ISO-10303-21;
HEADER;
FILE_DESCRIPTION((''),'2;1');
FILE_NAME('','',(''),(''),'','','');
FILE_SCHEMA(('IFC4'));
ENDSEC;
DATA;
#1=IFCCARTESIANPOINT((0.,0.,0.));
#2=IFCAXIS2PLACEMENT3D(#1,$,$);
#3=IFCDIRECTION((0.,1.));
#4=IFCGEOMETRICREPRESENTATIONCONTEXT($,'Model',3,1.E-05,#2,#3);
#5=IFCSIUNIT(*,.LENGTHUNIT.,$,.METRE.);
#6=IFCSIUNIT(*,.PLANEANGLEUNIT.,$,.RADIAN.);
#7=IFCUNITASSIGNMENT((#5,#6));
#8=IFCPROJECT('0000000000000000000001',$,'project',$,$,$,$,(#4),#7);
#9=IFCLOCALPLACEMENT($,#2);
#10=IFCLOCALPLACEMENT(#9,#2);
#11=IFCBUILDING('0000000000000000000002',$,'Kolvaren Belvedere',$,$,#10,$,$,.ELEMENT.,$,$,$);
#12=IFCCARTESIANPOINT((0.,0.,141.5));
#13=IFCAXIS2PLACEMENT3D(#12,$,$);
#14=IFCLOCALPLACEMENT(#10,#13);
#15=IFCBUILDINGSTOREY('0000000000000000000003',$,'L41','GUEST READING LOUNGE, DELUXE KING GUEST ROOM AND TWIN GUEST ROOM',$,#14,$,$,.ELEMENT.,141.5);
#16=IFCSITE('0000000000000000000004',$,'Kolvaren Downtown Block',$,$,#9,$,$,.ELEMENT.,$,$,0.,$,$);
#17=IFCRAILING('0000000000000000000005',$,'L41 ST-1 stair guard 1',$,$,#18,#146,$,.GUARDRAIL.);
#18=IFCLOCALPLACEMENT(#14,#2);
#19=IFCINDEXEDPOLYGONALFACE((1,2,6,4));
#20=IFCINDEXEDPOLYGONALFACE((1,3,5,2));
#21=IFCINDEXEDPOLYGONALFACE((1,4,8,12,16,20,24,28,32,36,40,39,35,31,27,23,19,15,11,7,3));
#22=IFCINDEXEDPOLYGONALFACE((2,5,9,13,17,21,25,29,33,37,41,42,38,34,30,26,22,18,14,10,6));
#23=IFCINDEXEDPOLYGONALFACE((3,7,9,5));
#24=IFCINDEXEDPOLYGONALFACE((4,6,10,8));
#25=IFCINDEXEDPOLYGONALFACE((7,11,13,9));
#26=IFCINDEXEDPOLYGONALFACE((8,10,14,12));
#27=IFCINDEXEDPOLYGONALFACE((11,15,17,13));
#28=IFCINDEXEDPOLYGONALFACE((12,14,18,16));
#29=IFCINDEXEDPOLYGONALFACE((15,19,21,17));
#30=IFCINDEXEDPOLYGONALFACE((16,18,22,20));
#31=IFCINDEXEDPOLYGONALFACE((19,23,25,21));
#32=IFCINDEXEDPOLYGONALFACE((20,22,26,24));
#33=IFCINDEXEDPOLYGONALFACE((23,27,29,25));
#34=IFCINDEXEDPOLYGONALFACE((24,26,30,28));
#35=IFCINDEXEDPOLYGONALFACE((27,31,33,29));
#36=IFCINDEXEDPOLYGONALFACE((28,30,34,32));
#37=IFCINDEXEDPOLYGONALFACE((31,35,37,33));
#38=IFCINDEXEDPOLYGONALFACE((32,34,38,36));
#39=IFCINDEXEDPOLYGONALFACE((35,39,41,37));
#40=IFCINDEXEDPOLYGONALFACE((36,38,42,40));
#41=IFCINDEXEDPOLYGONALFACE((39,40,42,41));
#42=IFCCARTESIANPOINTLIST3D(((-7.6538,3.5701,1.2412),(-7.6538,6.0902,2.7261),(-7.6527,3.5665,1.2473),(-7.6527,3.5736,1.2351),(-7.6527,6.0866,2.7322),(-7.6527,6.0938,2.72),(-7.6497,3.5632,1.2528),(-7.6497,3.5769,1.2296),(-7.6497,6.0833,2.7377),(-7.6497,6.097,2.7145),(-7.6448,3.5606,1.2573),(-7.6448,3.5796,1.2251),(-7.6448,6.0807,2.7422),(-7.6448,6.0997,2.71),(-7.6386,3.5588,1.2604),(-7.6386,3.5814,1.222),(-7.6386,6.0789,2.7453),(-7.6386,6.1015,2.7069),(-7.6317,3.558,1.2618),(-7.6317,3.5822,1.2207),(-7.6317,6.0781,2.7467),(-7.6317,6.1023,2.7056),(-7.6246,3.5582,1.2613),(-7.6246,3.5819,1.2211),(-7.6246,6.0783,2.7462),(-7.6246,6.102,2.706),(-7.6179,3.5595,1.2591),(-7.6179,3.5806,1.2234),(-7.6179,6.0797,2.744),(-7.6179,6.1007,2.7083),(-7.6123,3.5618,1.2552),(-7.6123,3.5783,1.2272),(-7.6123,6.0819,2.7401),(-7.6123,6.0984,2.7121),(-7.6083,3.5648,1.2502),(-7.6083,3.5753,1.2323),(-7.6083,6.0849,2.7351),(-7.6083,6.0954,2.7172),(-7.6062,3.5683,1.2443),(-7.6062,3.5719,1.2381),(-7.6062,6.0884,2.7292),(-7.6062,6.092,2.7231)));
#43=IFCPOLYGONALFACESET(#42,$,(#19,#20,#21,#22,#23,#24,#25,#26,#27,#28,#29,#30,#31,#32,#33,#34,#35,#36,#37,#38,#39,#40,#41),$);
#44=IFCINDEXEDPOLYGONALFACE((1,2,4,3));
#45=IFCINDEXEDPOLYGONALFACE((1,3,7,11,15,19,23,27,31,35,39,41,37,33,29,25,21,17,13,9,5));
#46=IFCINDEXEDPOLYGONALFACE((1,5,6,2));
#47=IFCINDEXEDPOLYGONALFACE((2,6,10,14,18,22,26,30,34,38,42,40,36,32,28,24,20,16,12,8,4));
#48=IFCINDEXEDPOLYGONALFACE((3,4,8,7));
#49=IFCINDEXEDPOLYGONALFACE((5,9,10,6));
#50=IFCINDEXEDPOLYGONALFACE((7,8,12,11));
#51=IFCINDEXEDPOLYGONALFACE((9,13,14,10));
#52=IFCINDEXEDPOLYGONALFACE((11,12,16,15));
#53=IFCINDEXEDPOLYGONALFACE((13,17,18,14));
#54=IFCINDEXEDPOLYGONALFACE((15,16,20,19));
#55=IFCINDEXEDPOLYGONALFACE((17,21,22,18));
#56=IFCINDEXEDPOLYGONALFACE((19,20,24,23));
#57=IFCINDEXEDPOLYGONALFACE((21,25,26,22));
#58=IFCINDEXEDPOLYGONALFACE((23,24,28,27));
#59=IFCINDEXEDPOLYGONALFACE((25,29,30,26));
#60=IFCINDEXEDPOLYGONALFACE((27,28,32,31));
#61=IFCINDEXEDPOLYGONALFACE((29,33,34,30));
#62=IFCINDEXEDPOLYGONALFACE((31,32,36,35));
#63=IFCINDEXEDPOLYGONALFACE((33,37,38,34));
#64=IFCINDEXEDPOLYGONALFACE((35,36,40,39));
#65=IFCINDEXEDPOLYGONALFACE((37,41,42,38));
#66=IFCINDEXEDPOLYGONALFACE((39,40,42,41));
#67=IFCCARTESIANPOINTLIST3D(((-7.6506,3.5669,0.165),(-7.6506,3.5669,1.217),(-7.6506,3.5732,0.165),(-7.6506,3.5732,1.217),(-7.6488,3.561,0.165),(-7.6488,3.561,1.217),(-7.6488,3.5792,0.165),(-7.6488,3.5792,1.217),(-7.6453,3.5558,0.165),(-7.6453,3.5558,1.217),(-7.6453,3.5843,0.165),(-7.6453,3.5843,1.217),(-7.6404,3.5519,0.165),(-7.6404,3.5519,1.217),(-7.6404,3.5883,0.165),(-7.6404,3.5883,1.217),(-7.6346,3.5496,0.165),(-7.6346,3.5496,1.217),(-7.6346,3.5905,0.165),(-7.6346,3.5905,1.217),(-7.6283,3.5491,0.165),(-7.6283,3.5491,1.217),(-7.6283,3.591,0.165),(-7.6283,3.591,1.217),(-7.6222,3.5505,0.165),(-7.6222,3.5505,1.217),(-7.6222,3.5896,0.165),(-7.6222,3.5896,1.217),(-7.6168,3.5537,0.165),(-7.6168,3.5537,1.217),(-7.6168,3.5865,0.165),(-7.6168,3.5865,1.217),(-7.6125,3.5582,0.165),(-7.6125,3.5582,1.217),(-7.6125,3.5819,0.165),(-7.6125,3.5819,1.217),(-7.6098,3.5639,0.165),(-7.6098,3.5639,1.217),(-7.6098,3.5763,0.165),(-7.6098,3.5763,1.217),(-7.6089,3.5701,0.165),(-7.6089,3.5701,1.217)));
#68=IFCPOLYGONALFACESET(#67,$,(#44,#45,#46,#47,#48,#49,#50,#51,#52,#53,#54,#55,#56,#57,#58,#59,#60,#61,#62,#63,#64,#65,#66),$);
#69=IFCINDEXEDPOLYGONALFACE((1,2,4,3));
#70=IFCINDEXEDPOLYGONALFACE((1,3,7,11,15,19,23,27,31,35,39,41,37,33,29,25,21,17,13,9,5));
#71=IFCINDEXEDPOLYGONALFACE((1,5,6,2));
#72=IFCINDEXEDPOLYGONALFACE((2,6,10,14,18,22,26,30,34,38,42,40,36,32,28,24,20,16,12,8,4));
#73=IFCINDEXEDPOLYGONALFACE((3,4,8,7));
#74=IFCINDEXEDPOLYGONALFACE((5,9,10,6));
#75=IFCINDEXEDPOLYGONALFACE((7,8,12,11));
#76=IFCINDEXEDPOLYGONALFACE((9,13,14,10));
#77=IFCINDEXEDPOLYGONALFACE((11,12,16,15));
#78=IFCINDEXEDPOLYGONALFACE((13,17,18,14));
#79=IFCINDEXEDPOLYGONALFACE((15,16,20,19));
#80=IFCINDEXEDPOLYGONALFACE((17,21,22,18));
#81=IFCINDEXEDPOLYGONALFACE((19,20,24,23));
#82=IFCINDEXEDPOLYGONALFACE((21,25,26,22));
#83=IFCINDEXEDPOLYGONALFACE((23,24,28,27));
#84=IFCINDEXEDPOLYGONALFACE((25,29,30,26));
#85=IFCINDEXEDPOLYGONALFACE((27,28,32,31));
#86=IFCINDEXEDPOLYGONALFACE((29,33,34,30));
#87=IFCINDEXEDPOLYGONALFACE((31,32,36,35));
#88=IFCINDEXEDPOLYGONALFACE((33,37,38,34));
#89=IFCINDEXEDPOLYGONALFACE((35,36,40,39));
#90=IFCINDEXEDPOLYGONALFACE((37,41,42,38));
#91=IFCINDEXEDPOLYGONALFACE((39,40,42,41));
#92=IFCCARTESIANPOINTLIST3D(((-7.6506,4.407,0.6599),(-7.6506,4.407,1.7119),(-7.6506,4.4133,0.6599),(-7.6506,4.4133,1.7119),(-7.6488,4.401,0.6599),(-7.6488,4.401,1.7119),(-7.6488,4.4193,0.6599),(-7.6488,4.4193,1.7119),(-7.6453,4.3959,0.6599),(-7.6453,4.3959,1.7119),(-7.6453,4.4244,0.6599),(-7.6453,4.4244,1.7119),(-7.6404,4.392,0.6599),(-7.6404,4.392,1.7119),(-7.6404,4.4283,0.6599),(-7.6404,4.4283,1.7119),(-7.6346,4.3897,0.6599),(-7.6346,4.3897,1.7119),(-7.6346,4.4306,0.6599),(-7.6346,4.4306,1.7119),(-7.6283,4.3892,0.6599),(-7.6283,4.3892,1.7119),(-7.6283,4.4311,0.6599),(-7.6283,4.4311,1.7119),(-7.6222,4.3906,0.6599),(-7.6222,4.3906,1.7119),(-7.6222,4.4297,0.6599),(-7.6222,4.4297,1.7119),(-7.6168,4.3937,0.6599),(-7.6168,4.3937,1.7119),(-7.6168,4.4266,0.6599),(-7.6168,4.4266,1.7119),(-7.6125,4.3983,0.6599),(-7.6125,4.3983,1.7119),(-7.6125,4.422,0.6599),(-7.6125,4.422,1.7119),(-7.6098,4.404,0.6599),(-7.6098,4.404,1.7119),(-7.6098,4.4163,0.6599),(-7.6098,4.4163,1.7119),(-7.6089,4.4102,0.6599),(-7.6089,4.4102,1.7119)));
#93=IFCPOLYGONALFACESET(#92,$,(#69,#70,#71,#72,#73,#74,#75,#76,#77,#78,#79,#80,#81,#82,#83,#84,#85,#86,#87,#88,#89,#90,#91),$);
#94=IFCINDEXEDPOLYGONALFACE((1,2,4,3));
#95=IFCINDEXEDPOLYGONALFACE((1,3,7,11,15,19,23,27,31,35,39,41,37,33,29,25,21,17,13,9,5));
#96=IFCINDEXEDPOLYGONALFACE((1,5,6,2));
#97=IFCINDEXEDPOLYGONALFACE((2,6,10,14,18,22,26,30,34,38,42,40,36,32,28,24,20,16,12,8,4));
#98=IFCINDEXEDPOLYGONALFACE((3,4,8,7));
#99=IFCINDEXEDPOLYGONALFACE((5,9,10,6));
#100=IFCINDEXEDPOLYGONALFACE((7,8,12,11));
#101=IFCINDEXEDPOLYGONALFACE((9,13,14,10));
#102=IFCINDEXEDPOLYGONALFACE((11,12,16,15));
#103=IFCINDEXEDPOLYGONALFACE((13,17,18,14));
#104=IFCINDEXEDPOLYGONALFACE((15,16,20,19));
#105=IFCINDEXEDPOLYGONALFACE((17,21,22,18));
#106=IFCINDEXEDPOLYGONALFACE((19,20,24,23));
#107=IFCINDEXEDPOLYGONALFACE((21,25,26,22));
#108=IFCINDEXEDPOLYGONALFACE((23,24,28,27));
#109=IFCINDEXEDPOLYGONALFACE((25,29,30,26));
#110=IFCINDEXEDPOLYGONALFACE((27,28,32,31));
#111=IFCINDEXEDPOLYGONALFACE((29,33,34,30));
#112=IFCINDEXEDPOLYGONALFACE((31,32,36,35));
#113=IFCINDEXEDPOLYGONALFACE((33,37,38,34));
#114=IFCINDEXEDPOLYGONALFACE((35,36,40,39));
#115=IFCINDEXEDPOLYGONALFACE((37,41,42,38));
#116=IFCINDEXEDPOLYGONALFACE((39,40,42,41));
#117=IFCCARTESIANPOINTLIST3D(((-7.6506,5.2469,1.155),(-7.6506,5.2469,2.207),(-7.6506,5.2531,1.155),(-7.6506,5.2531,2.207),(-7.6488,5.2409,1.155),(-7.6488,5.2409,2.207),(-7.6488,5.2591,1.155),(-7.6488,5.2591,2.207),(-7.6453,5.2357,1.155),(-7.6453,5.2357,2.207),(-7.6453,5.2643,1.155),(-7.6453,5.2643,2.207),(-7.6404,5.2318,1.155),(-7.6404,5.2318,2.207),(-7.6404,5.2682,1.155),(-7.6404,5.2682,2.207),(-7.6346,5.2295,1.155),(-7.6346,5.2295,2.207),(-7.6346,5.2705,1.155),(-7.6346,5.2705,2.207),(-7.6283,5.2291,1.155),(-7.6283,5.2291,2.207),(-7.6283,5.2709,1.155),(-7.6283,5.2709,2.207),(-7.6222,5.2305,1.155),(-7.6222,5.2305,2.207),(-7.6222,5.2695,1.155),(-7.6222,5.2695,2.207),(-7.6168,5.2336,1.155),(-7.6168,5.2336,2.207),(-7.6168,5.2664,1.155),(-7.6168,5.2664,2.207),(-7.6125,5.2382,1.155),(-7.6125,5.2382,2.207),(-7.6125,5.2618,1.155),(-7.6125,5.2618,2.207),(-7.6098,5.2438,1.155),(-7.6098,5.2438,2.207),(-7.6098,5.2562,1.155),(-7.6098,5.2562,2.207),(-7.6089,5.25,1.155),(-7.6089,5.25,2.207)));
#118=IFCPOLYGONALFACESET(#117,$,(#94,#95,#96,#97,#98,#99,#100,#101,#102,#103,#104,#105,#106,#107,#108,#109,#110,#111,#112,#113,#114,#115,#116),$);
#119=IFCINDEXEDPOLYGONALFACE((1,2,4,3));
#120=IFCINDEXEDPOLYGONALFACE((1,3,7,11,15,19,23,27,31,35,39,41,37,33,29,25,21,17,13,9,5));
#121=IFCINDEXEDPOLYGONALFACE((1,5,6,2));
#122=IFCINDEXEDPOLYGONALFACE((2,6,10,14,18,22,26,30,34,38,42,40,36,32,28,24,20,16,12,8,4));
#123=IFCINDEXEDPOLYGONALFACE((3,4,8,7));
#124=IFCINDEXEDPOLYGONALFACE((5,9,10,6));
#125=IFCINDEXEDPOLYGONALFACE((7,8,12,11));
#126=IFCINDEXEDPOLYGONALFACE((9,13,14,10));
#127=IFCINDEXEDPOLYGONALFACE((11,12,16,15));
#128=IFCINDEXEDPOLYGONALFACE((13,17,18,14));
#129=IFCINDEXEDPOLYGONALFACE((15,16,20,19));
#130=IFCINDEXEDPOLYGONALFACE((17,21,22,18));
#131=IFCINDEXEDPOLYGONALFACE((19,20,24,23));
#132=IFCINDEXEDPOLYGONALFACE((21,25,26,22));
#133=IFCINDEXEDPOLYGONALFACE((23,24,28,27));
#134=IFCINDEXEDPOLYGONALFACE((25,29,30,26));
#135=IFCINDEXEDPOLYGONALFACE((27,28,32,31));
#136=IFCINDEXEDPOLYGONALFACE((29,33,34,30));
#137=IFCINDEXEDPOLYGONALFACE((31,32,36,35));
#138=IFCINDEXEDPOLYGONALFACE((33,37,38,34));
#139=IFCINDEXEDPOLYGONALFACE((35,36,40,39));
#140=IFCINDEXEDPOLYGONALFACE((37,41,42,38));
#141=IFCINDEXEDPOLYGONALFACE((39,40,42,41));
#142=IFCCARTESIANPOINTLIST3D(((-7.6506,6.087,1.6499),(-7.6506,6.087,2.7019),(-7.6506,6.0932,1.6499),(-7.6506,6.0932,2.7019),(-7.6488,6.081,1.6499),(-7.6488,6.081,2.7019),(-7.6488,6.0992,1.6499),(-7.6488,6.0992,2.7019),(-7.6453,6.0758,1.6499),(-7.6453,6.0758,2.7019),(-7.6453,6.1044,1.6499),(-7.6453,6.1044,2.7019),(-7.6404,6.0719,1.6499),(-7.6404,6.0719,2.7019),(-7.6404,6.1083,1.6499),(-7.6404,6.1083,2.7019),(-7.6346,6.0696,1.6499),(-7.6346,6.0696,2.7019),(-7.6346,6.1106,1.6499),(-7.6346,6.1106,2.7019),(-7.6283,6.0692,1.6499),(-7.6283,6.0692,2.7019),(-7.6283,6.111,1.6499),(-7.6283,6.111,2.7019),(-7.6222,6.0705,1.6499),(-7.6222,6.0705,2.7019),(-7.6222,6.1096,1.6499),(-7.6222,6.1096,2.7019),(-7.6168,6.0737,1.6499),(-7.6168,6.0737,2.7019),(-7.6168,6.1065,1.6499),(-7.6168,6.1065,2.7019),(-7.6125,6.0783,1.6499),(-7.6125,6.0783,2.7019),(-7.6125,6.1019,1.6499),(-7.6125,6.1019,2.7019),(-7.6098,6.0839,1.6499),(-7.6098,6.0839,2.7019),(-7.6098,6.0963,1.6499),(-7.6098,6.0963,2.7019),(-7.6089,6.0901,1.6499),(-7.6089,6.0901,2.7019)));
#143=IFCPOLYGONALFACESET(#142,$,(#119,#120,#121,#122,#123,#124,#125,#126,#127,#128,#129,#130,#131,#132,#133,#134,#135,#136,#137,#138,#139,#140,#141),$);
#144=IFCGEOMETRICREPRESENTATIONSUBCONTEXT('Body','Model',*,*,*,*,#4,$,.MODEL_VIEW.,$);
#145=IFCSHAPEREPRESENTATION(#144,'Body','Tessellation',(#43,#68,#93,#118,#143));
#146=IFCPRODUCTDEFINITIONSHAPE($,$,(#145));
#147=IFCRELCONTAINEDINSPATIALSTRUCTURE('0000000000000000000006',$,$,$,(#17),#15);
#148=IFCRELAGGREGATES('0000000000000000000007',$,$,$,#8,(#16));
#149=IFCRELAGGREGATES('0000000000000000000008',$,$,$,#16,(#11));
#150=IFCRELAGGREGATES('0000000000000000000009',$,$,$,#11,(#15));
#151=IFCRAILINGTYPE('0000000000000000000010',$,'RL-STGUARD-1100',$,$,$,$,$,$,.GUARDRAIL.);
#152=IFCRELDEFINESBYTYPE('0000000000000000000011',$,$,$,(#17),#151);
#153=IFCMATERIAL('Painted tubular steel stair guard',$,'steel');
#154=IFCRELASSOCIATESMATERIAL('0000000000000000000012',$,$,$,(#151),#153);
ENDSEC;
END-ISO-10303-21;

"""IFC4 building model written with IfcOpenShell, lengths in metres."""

from ifc_helpers import new_model, si_unit, direction, frame, origin, origin_2d, place, context, subcontext, project, spatial, circle, extrude, material, type_object, element, save


model = new_model("IFC4")

# Units and contexts
model_context = context("Model", 3, precision=1e-05, world=origin(), true_north=direction((0.0, 1.0)))
body_context = subcontext(model_context, "Body", "Model", "MODEL_VIEW")
ifc_project = project(units=[si_unit("LENGTHUNIT", "METRE"), si_unit("PLANEANGLEUNIT", "RADIAN")], contexts=[model_context])

# Site, building, storey
site_placement = place(None, origin())
site = spatial("IfcSite", under=ifc_project, at=site_placement, Name="Kolvaren Downtown Block", CompositionType="ELEMENT", RefElevation=0.0)
building_placement = place(site_placement, origin())
building = spatial("IfcBuilding", under=site, at=building_placement, Name="Kolvaren Belvedere", CompositionType="ELEMENT")
storey_placement = place(building_placement, frame((0.0, 0.0, 141.5)))
storey = spatial("IfcBuildingStorey", under=building, at=storey_placement, Name="L41", Description="GUEST READING LOUNGE, DELUXE KING GUEST ROOM AND TWIN GUEST ROOM", CompositionType="ELEMENT", Elevation=141.5)

# Railing
ifc_material_1 = material(Name="Painted tubular steel stair guard", Category="steel")
railing_type_1 = type_object("IfcRailingType", Name="RL-STGUARD-1100", PredefinedType="GUARDRAIL", material=ifc_material_1)
railing_1_placement = place(storey_placement, frame((-7.6299, 3.5701, 0.165)))
element("IfcRailing", 1, at=railing_1_placement, inside=storey, type_object=railing_type_1, Name="L41 ST-1 stair guard 1", PredefinedType="GUARDRAIL", context=body_context, shape_type="SweptSolid", body=[
    extrude(circle(Radius=0.0239, at=origin_2d()), frame((0.0, 0.0, 1.0762), z_axis=(0.0, 0.861561, 0.507655), x_axis=(-1.0, 0.0, 0.0)), (0.0, 0.0, 1.0), 2.925),
    extrude(circle(Radius=0.021, at=origin_2d()), origin(), (0.0, 0.0, 1.0), 1.052),
    extrude(circle(Radius=0.021, at=origin_2d()), frame((0.0, 0.8401, 0.4949)), (0.0, 0.0, 1.0), 1.052),
    extrude(circle(Radius=0.021, at=origin_2d()), frame((0.0, 1.6799, 0.99)), (0.0, 0.0, 1.0), 1.052),
    extrude(circle(Radius=0.021, at=origin_2d()), frame((0.0, 2.52, 1.4849)), (0.0, 0.0, 1.0), 1.052),
])

save(model, "model.ifc")
